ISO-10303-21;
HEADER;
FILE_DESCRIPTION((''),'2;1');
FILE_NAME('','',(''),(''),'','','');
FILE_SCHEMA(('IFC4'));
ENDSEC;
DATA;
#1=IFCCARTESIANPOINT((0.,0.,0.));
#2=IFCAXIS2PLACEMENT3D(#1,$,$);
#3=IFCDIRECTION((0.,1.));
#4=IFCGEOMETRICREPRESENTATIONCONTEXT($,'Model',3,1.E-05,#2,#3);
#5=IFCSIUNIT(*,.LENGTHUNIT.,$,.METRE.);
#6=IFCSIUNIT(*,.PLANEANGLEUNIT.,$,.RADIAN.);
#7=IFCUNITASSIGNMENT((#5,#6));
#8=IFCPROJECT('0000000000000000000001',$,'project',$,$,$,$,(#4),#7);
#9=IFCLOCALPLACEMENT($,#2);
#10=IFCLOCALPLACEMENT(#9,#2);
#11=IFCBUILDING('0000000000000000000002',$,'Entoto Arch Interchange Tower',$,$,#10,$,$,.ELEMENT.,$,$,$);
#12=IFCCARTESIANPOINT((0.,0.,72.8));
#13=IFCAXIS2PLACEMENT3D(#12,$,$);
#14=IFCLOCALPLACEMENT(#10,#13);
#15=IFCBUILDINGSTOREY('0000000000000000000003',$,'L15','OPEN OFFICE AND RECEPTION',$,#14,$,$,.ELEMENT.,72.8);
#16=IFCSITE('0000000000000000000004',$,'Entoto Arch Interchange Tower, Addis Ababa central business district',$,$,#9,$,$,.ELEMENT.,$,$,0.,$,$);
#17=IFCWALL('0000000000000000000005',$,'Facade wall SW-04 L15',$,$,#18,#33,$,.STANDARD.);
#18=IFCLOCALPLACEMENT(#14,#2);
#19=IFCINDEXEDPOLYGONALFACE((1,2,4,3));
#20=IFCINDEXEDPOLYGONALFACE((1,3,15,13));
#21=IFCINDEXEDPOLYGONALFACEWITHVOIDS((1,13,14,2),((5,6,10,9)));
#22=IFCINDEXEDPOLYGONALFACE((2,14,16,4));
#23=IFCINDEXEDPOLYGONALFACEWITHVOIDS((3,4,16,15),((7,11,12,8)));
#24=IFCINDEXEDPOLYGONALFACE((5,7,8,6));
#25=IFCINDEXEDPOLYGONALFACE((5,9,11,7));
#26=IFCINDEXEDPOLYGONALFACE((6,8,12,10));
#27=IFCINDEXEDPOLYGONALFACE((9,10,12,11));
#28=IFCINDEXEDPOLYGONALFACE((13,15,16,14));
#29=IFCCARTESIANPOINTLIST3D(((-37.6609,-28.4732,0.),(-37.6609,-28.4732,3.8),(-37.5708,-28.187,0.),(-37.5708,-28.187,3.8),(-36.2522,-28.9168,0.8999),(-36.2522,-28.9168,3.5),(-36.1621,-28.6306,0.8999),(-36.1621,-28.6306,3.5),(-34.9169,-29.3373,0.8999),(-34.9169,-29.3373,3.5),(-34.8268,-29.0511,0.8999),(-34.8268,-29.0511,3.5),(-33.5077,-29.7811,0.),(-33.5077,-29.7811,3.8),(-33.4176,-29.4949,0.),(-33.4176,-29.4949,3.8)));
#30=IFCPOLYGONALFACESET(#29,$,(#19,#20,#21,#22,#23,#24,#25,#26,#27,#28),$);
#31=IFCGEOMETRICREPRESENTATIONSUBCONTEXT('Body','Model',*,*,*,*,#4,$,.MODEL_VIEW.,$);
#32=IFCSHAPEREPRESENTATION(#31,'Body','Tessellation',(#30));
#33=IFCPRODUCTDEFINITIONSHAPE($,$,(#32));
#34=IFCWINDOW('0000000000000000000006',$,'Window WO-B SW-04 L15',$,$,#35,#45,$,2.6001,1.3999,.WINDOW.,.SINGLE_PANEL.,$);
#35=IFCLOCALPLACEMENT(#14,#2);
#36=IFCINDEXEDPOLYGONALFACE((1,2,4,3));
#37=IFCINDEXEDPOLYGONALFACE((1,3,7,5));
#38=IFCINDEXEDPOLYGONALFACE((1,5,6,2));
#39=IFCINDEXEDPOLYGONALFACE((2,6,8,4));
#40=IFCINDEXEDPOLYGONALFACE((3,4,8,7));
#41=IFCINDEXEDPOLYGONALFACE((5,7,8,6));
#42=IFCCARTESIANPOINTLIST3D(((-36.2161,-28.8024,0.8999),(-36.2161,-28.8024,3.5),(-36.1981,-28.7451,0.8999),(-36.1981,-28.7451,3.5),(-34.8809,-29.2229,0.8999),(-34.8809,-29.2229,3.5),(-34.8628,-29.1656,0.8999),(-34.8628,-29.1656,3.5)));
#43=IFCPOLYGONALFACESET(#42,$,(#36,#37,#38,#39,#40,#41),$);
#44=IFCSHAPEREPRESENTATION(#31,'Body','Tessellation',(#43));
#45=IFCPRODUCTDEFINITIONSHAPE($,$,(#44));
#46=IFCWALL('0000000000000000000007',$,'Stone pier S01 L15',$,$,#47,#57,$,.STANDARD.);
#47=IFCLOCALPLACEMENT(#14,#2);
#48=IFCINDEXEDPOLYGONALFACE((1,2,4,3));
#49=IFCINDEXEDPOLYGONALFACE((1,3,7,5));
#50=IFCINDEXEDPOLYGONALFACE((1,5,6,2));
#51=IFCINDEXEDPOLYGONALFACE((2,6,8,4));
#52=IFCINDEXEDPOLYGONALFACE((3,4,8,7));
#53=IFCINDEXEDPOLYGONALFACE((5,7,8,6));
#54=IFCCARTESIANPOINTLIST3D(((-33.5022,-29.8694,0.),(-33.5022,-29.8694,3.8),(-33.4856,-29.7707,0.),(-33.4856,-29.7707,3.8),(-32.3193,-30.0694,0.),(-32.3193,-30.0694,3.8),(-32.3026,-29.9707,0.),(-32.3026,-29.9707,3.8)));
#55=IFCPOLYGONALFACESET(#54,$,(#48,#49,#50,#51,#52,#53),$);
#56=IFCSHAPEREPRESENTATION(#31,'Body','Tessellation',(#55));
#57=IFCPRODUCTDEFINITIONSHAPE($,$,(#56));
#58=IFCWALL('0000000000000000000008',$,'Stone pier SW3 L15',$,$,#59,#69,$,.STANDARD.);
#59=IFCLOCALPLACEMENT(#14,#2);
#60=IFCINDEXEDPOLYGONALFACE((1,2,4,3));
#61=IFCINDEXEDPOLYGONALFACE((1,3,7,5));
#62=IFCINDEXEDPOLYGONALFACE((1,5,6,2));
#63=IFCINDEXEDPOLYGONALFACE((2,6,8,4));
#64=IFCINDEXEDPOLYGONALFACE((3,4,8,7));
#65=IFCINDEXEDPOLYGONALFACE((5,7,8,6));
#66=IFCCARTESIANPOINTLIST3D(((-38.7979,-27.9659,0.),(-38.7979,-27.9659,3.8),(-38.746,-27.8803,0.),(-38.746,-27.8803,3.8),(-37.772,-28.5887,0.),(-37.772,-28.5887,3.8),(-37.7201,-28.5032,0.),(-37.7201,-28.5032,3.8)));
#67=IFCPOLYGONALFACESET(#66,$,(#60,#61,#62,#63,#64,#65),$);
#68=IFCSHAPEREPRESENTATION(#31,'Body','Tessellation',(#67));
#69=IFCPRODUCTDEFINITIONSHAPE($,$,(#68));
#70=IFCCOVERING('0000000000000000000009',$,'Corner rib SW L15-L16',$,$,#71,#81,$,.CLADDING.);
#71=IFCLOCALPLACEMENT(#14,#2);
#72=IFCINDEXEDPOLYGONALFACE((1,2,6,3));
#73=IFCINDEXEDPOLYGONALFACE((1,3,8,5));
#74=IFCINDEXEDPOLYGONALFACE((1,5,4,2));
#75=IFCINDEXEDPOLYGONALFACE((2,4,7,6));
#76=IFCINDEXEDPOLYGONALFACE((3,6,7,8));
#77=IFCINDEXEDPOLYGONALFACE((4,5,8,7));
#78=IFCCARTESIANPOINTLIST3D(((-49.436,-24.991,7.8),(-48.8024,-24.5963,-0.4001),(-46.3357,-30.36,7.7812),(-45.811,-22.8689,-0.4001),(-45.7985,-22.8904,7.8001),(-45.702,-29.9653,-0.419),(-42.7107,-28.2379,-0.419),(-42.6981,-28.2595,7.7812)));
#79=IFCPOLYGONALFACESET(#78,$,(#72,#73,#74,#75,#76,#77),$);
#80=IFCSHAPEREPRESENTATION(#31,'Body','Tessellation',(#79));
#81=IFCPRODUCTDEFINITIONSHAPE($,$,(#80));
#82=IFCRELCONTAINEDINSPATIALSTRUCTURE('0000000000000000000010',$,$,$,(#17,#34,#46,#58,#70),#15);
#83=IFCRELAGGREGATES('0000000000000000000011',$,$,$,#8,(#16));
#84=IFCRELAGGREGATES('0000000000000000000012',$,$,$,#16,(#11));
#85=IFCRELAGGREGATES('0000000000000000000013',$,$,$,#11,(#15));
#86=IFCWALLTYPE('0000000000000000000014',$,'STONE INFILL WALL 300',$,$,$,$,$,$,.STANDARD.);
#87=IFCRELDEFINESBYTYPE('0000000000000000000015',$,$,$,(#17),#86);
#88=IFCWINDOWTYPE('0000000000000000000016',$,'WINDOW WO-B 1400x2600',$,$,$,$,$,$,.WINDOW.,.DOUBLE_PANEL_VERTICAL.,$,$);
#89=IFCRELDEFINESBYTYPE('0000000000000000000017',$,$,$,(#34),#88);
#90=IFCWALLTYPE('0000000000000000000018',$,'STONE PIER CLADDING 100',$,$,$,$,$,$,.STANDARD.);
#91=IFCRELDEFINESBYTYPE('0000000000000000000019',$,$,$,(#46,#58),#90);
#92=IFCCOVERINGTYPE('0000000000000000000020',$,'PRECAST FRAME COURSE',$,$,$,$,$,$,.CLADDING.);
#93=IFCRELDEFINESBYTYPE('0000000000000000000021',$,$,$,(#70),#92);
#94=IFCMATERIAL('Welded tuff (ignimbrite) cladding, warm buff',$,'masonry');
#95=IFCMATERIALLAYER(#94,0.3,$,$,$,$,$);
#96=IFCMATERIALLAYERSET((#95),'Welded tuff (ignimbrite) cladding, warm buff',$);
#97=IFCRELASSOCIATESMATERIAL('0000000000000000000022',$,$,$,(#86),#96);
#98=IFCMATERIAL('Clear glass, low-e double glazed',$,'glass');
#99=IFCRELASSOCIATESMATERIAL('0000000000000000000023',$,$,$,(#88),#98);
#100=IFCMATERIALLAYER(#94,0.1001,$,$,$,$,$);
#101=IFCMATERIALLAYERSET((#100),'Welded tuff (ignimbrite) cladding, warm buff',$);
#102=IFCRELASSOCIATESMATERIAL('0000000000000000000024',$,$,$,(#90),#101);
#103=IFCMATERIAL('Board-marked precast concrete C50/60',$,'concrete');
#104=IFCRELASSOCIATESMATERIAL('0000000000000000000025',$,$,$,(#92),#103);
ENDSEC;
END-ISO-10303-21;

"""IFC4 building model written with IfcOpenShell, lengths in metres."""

from ifc_helpers import new_model, si_unit, direction, frame, frame_2d, origin, place, context, subcontext, project, spatial, polyline, rectangle, outline, extrude, material, layer, layer_set, type_object, element, fill, save


model = new_model("IFC4")

# Units and contexts
model_context = context("Model", 3, precision=1e-05, world=origin(), true_north=direction((0.0, 1.0)))
body_context = subcontext(model_context, "Body", "Model", "MODEL_VIEW")
ifc_project = project(units=[si_unit("LENGTHUNIT", "METRE"), si_unit("PLANEANGLEUNIT", "RADIAN")], contexts=[model_context])

# Site, building, storey
site_placement = place(None, origin())
site = spatial("IfcSite", under=ifc_project, at=site_placement, Name="Entoto Arch Interchange Tower, Addis Ababa central business district", CompositionType="ELEMENT", RefElevation=0.0)
building_placement = place(site_placement, origin())
building = spatial("IfcBuilding", under=site, at=building_placement, Name="Entoto Arch Interchange Tower", CompositionType="ELEMENT")
storey_placement = place(building_placement, frame((0.0, 0.0, 72.8)))
storey = spatial("IfcBuildingStorey", under=building, at=storey_placement, Name="L15", Description="OPEN OFFICE AND RECEPTION", CompositionType="ELEMENT", Elevation=72.8)

# Wall, opening, window
ifc_material_1 = material(Name="Welded tuff (ignimbrite) cladding, warm buff", Category="masonry")
ifc_layer_1 = layer(ifc_material_1, 0.3)
ifc_layer_set_1 = layer_set([ifc_layer_1], Name="Welded tuff (ignimbrite) cladding, warm buff")
wall_type_1 = type_object("IfcWallType", Name="STONE INFILL WALL 300", PredefinedType="STANDARD", material=ifc_layer_set_1)
ifc_material_2 = material(Name="Clear glass, low-e double glazed", Category="glass")
window_type = type_object("IfcWindowType", Name="WINDOW WO-B 1400x2600", PartitioningType="DOUBLE_PANEL_VERTICAL", PredefinedType="WINDOW", material=ifc_material_2)
wall_1_placement = place(storey_placement, frame((-37.616, -28.3301, 0.0), z_axis=(0.0, 0.0, 1.0), x_axis=(0.953822, -0.300372, 0.0)))
wall_1 = element("IfcWall", 1, at=wall_1_placement, inside=storey, type_object=wall_type_1, Name="Facade wall SW-04 L15", PredefinedType="STANDARD", context=body_context, shape_type="SweptSolid", body=[
    extrude(rectangle(XDim=4.3542, YDim=0.3, at=frame_2d((2.1772, 0.0))), origin(), (0.0, 0.0, 1.0), 3.8),
])
opening_1_placement = place(wall_1_placement, frame((1.4771, 0.0, 0.8999)))
opening_1 = element("IfcOpeningElement", 2, at=opening_1_placement, cuts=wall_1, PredefinedType="OPENING", context=body_context, shape_type="SweptSolid", body=[
    extrude(rectangle(XDim=1.3999, YDim=2.6001, at=frame_2d((0.7, 1.3))), frame((0.0, 0.1602, 0.0), z_axis=(0.0, -1.0, 0.0), x_axis=(1.0, 0.0, 0.0)), (0.0, 0.0, 1.0), 0.3201),
])
window_1_placement = place(opening_1_placement, origin())
window_1 = element("IfcWindow", 3, at=window_1_placement, inside=storey, type_object=window_type, Name="Window WO-B SW-04 L15", OverallHeight=2.6001, OverallWidth=1.3999, PartitioningType="SINGLE_PANEL", PredefinedType="WINDOW", context=body_context, shape_type="SweptSolid", body=[
    extrude(rectangle(XDim=1.3999, YDim=2.6001, at=frame_2d((0.7, 1.3))), frame((0.0, 0.03, 0.0), z_axis=(0.0, -1.0, 0.0), x_axis=(1.0, 0.0, 0.0)), (0.0, 0.0, 1.0), 0.0601),
])
fill(opening_1, window_1)

# Walls
ifc_layer_2 = layer(ifc_material_1, 0.1001)
ifc_layer_set_2 = layer_set([ifc_layer_2], Name="Welded tuff (ignimbrite) cladding, warm buff")
wall_type_2 = type_object("IfcWallType", Name="STONE PIER CLADDING 100", PredefinedType="STANDARD", material=ifc_layer_set_2)
wall_2_placement = place(storey_placement, frame((-33.4939, -29.8201, 0.0), z_axis=(0.0, 0.0, 1.0), x_axis=(0.986012, -0.166676, 0.0)))
element("IfcWall", 4, at=wall_2_placement, inside=storey, type_object=wall_type_2, Name="Stone pier S01 L15", PredefinedType="STANDARD", context=body_context, shape_type="SweptSolid", body=[
    extrude(rectangle(XDim=1.1997, YDim=0.1001, at=frame_2d((0.5999, 0.0))), origin(), (0.0, 0.0, 1.0), 3.8),
])
wall_3_placement = place(storey_placement, frame((-38.772, -27.9231, 0.0), z_axis=(0.0, 0.0, 1.0), x_axis=(0.854807, -0.518946, 0.0)))
element("IfcWall", 5, at=wall_3_placement, inside=storey, type_object=wall_type_2, Name="Stone pier SW3 L15", PredefinedType="STANDARD", context=body_context, shape_type="SweptSolid", body=[
    extrude(rectangle(XDim=1.2002, YDim=0.1001, at=frame_2d((0.6001, 0.0))), origin(), (0.0, 0.0, 1.0), 3.8),
])

# Covering
ifc_material_3 = material(Name="Board-marked precast concrete C50/60", Category="concrete")
covering_type = type_object("IfcCoveringType", Name="PRECAST FRAME COURSE", PredefinedType="CLADDING", material=ifc_material_3)
covering_1_placement = place(storey_placement, frame((-45.811, -22.8689, -0.4001), z_axis=(-0.500064, 0.865983, 0.003042), x_axis=(-0.865987, -0.500067, 0.000001)))
element("IfcCovering", 6, at=covering_1_placement, inside=storey, type_object=covering_type, Name="Corner rib SW L15-L16", PredefinedType="CLADDING", context=body_context, shape_type="SweptSolid", body=[
    extrude(outline(polyline([(0.0, 0.0), (3.4543, 0.0), (4.2004, 8.2002), (-0.0001, 8.2002), (0.0, 0.0)])), origin(), (0.0, 0.0, -1.0), 6.2),
])

save(model, "model.ifc")
